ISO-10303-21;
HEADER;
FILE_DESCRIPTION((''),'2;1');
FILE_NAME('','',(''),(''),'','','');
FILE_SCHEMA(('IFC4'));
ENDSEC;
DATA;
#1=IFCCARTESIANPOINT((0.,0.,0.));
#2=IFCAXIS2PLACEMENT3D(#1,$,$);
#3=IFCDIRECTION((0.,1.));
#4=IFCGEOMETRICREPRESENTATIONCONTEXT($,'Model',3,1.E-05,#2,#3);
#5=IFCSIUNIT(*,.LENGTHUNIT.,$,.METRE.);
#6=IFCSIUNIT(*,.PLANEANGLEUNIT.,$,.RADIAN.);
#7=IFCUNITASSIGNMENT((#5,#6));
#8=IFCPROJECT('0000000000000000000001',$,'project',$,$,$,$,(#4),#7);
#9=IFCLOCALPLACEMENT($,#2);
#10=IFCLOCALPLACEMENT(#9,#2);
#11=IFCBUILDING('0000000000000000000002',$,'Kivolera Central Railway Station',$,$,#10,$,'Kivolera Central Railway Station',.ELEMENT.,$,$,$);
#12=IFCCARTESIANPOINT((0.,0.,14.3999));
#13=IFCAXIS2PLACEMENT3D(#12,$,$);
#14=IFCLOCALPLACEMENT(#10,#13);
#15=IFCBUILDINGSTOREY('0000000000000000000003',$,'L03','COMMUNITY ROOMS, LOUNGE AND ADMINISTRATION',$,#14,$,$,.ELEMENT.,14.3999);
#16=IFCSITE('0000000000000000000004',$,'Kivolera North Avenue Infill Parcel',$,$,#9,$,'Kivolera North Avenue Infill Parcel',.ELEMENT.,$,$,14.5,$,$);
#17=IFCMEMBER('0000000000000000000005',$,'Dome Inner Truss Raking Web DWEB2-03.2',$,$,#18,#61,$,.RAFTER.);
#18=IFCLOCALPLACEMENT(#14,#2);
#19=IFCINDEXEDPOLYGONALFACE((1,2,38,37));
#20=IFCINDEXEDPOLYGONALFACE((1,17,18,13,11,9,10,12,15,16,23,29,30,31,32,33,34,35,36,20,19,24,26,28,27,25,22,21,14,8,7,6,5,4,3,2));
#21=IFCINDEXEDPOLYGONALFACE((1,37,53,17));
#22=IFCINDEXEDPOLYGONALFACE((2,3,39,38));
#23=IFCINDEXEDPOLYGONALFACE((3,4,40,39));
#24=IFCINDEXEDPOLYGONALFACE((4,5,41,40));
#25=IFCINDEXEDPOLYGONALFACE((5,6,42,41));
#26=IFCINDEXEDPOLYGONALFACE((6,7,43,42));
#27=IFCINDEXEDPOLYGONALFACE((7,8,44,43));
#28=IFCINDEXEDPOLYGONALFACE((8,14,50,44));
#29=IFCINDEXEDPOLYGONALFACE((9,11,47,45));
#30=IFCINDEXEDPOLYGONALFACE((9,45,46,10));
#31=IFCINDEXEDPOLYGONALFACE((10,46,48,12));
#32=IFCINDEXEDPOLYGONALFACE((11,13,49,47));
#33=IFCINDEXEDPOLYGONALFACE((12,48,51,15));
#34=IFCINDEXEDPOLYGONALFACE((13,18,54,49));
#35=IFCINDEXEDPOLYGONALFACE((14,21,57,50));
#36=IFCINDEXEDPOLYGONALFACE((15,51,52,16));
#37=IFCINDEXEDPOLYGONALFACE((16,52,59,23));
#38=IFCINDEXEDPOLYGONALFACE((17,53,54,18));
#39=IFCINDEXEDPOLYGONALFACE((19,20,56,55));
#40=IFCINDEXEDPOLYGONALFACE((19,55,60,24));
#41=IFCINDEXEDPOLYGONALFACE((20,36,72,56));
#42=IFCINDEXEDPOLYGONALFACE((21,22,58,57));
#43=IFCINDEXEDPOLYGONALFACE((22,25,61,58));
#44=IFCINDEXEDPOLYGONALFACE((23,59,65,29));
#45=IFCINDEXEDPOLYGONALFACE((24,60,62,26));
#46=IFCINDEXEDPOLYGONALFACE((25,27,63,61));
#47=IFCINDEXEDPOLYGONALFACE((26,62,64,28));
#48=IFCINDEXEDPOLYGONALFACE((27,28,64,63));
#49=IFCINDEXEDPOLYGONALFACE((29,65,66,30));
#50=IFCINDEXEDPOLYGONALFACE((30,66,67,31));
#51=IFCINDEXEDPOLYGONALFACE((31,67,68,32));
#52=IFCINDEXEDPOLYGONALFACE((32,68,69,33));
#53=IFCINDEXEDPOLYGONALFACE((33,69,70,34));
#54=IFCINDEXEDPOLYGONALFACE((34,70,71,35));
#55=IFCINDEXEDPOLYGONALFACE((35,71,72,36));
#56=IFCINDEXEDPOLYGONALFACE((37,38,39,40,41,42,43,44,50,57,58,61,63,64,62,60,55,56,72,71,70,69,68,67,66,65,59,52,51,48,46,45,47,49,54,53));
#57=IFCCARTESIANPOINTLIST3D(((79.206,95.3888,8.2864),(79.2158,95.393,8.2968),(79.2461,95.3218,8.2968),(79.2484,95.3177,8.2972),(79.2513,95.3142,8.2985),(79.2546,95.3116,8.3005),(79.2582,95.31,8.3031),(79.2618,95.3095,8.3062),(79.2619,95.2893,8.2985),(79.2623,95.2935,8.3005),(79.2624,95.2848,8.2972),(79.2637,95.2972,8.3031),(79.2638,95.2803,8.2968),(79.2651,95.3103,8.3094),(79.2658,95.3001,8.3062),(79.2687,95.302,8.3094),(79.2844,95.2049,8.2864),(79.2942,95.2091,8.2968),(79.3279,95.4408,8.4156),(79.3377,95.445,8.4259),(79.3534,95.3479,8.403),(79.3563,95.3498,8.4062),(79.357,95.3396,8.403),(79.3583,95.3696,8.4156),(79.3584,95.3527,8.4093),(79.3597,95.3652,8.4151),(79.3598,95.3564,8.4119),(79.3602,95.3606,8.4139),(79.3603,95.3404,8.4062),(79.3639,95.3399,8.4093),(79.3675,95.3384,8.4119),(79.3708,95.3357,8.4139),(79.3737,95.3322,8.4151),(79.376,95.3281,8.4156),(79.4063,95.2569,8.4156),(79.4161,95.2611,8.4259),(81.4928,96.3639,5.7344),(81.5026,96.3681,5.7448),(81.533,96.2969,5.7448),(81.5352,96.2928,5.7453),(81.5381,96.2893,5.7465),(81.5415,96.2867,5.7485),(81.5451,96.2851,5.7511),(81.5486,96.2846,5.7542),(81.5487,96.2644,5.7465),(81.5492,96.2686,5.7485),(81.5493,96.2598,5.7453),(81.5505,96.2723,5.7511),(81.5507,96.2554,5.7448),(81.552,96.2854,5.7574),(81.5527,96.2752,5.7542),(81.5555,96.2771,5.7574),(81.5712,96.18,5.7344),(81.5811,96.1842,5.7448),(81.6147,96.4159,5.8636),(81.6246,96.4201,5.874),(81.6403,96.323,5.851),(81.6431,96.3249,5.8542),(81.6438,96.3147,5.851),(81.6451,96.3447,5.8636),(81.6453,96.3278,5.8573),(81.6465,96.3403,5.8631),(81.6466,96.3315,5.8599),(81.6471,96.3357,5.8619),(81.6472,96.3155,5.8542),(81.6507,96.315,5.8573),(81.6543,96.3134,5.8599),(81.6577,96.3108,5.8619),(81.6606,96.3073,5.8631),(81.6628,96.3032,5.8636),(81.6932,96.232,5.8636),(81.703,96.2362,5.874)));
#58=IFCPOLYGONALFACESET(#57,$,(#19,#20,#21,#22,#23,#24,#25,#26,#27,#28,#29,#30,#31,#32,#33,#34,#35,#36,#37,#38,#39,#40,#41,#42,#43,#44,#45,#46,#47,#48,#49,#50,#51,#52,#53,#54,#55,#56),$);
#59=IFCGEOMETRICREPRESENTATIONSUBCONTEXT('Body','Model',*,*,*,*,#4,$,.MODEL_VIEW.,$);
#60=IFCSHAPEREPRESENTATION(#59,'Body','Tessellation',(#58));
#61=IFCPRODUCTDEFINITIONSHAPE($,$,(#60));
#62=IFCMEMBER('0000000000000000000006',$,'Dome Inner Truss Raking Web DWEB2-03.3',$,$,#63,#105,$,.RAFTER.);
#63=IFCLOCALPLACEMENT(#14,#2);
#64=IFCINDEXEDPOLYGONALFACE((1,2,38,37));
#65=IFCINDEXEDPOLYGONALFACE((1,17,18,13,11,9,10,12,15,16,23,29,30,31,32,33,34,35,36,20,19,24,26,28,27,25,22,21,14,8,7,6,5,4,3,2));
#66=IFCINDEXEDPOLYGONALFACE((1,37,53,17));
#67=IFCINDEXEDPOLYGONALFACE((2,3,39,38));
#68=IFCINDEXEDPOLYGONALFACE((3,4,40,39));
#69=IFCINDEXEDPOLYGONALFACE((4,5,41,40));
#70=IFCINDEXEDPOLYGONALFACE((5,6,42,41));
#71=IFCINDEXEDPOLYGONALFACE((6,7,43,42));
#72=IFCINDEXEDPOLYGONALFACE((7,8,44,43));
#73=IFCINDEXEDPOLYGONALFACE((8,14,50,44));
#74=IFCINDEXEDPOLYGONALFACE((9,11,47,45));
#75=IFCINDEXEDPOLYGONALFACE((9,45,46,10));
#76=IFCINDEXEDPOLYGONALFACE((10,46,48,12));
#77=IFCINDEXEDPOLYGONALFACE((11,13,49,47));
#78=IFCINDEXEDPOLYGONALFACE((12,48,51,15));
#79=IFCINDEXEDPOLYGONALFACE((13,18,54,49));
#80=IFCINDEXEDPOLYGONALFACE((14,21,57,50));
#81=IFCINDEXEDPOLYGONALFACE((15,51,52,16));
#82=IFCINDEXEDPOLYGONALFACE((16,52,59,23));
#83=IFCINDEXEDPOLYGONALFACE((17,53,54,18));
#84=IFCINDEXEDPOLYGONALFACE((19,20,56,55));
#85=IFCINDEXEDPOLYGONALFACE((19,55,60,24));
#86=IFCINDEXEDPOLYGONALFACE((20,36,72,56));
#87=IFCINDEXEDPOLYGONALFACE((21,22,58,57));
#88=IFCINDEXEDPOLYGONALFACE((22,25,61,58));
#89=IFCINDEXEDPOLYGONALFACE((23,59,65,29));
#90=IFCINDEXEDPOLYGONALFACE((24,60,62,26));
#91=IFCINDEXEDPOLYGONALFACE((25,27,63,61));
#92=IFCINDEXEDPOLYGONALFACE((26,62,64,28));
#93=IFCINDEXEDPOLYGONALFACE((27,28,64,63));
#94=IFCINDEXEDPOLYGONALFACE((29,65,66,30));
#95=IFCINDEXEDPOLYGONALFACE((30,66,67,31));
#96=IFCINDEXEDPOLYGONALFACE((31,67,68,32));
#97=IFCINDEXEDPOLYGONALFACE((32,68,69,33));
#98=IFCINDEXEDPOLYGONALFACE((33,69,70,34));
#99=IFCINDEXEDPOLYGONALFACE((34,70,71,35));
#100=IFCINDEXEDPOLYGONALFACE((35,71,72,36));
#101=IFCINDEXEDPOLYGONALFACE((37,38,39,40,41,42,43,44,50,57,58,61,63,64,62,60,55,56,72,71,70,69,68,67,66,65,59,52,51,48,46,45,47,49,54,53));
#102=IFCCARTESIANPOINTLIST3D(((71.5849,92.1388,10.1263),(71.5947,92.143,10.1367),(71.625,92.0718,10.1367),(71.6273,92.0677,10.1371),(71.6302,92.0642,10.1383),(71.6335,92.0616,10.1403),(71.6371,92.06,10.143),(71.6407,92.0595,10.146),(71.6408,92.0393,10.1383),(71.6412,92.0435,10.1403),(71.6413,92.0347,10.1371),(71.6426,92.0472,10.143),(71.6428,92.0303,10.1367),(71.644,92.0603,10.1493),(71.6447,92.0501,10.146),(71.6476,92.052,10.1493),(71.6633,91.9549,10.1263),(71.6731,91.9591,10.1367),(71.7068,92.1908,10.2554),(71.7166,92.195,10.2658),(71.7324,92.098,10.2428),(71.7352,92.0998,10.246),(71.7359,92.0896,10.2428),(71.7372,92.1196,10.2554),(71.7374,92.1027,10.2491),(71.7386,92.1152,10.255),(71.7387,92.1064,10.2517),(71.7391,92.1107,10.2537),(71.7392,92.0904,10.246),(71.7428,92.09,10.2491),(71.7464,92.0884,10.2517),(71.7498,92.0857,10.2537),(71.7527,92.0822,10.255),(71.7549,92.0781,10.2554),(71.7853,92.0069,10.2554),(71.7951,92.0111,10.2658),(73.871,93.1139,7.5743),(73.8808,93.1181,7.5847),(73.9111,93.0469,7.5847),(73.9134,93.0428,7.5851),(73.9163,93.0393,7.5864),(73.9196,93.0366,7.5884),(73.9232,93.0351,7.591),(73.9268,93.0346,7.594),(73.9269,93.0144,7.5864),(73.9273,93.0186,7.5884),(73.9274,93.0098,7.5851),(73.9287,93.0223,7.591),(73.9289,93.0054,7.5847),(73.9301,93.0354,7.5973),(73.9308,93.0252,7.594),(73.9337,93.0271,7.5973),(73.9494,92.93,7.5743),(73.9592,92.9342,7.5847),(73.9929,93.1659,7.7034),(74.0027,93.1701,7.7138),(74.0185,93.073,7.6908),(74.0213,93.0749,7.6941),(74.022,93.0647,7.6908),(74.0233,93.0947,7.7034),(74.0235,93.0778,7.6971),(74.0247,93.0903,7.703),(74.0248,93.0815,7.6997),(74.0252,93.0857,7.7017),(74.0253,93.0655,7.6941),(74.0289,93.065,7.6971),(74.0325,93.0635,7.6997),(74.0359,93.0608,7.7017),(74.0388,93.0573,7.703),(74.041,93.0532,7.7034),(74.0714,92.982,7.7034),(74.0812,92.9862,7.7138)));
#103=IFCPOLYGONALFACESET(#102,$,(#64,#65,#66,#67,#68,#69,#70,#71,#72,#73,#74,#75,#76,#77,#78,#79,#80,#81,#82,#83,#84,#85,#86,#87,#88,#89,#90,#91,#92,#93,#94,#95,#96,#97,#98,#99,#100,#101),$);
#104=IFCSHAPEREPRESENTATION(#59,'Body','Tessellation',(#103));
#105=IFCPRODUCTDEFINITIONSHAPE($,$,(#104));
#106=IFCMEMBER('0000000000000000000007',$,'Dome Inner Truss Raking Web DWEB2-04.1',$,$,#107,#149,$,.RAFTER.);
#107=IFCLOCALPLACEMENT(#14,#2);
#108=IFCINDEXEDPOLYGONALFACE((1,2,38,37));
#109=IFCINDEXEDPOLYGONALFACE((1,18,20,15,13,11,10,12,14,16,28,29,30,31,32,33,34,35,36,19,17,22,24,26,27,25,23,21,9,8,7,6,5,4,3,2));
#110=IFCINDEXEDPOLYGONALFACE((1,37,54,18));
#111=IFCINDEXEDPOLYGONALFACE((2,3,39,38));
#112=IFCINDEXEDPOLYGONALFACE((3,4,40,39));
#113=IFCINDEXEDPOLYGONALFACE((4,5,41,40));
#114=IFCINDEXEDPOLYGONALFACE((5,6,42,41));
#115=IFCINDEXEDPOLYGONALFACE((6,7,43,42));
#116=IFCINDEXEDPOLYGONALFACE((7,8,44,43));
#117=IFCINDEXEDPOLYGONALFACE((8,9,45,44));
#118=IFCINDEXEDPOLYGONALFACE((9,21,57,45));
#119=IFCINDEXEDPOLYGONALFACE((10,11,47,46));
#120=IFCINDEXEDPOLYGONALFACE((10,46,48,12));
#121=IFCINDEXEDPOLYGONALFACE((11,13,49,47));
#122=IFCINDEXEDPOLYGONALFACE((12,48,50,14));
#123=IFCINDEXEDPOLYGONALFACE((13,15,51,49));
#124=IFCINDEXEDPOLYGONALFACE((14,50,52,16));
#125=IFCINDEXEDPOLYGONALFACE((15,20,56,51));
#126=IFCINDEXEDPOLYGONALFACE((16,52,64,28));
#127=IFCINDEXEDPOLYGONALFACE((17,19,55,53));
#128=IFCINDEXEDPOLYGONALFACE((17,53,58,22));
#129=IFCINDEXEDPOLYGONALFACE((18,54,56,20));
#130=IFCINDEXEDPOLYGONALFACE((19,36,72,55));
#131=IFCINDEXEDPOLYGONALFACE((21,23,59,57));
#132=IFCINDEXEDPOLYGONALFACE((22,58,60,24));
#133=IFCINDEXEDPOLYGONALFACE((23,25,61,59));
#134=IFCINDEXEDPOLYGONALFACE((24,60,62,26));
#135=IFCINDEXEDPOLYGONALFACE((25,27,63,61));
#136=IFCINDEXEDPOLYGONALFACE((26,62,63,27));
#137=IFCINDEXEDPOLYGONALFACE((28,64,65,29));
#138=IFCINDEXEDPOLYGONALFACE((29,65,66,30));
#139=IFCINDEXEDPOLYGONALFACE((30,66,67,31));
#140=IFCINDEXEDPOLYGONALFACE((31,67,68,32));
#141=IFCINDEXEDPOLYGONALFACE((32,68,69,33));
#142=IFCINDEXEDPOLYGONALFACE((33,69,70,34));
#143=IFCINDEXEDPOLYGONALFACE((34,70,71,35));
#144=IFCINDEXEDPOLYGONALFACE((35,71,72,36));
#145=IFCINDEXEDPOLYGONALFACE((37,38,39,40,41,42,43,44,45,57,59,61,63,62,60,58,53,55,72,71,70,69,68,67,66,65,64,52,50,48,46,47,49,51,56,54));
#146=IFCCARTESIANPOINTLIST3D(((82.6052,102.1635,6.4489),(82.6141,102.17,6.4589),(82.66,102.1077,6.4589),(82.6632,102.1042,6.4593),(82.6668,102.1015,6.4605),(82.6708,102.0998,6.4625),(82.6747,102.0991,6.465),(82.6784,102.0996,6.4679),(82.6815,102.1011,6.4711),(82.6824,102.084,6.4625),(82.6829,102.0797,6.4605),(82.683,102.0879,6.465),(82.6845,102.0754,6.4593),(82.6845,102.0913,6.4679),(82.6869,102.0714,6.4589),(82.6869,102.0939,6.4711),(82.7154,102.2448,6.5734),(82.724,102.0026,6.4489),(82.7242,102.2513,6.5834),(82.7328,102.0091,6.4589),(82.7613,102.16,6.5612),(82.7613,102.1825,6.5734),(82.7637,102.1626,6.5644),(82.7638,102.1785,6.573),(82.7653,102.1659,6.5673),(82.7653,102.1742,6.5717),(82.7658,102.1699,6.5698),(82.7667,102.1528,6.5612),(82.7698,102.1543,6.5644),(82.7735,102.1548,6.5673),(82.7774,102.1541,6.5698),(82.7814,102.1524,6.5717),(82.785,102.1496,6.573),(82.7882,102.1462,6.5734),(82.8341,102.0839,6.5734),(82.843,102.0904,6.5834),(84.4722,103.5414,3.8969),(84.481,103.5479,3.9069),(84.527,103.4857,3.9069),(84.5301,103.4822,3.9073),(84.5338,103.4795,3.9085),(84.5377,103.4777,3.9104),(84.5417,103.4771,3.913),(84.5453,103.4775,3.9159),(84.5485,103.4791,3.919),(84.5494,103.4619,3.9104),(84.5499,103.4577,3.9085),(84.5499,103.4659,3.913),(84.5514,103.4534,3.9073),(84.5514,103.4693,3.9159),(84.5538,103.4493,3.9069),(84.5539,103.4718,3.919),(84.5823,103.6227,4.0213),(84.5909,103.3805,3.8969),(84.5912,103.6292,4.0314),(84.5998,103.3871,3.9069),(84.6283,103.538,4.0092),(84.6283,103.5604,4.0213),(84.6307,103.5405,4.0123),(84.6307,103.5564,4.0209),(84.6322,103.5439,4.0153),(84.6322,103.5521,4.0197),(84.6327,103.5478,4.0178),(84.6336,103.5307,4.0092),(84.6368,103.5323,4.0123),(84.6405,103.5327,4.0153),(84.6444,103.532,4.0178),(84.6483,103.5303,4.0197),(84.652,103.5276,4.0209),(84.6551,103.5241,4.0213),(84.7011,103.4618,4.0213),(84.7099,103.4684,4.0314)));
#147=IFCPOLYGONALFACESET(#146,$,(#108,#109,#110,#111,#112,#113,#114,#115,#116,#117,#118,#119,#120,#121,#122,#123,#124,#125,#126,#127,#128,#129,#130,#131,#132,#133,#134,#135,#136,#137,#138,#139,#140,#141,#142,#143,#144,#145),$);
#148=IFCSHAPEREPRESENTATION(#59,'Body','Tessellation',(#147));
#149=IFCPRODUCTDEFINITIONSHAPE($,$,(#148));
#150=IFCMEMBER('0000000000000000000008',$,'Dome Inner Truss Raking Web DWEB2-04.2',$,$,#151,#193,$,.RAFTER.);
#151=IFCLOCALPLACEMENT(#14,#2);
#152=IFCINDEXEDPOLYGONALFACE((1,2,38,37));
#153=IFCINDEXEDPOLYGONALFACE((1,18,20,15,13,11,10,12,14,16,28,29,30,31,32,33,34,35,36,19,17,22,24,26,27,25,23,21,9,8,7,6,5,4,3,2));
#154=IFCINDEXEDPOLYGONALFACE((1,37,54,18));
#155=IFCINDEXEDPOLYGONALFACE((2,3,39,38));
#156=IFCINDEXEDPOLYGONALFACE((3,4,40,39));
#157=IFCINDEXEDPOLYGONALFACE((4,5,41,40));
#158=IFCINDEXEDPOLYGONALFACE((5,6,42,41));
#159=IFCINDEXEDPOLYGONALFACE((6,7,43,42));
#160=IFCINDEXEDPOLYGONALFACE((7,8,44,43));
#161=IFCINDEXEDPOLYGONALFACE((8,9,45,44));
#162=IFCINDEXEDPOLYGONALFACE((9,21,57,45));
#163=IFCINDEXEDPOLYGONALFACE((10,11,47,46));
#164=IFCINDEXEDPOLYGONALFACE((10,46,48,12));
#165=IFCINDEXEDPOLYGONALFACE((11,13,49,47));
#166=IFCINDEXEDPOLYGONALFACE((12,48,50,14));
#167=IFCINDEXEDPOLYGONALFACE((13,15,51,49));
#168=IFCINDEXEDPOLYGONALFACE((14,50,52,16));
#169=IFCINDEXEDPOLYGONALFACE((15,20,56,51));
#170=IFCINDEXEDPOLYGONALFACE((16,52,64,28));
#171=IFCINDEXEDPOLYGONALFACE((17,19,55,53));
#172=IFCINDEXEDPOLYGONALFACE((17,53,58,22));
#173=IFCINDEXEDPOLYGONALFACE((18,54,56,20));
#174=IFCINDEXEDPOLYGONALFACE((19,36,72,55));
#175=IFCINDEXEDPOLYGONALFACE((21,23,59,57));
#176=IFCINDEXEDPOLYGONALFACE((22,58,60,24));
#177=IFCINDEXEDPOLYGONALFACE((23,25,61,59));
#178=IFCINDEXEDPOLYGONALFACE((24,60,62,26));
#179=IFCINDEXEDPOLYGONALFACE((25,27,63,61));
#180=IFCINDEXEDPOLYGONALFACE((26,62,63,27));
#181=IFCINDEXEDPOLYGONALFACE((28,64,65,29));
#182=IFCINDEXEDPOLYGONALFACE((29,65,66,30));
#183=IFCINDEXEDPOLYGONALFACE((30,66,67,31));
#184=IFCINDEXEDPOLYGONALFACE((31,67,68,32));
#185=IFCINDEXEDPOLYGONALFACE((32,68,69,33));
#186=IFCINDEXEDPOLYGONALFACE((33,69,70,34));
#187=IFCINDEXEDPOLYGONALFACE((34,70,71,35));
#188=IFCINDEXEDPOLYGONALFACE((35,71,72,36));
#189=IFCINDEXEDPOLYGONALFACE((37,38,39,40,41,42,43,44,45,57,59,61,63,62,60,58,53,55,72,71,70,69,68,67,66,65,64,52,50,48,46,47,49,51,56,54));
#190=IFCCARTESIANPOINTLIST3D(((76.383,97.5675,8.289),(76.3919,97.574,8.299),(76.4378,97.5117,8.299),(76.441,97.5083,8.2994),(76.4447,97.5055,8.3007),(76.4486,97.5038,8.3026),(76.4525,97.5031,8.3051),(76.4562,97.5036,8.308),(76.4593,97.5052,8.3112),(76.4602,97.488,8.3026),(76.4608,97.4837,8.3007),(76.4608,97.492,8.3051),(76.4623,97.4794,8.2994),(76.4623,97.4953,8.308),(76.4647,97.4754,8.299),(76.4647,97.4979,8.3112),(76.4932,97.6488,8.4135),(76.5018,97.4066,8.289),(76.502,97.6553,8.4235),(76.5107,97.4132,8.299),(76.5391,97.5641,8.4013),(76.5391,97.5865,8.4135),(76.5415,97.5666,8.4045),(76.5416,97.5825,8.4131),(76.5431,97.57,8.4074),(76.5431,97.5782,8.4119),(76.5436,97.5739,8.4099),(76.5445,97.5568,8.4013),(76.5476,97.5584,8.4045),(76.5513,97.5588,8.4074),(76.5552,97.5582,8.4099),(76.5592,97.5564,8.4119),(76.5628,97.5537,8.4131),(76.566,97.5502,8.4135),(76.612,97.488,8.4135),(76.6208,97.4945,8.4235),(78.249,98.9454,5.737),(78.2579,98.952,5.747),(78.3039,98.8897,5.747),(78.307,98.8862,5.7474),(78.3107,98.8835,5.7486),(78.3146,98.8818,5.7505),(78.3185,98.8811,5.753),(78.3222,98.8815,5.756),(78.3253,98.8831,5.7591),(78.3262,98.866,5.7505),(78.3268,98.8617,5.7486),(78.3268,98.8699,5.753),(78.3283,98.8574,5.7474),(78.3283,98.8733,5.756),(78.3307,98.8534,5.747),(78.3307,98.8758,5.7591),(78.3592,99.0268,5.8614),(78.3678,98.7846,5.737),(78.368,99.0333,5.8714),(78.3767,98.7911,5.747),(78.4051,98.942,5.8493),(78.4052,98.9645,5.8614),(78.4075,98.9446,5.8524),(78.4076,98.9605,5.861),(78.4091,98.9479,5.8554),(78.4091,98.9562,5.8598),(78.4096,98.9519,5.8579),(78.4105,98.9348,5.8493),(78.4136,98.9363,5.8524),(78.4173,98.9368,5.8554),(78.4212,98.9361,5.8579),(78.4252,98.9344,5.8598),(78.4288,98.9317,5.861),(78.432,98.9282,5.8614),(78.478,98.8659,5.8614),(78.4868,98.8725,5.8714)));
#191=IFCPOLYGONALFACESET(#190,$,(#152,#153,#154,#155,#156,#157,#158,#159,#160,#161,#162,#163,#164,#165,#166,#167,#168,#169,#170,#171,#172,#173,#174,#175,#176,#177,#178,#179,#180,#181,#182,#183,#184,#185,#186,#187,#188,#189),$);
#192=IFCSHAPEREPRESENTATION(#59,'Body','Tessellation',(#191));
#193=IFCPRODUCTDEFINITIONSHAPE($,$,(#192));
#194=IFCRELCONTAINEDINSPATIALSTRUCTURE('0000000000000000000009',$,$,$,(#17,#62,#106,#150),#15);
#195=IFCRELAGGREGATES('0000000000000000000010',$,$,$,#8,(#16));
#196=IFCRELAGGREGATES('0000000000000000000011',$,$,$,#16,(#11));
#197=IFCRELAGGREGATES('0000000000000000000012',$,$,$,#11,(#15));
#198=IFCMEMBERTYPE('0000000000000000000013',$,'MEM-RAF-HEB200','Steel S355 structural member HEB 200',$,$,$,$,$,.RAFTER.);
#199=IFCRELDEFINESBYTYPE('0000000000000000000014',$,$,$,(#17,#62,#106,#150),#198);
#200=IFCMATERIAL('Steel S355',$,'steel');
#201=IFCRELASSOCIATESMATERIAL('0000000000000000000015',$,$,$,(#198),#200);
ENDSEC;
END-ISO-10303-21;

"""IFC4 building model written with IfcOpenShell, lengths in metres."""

from ifc_helpers import new_model, si_unit, direction, frame, origin, origin_2d, place, context, subcontext, project, spatial, i_section, extrude, material, material_profile, profile_set, type_object, element, save


model = new_model("IFC4")

# Units and contexts
model_context = context("Model", 3, precision=1e-05, world=origin(), true_north=direction((0.0, 1.0)))
body_context = subcontext(model_context, "Body", "Model", "MODEL_VIEW")
ifc_project = project(units=[si_unit("LENGTHUNIT", "METRE"), si_unit("PLANEANGLEUNIT", "RADIAN")], contexts=[model_context])

# Site, building, storey
site_placement = place(None, origin())
site = spatial("IfcSite", under=ifc_project, at=site_placement, Name="Kivolera North Avenue Infill Parcel", LongName="Kivolera North Avenue Infill Parcel", CompositionType="ELEMENT", RefElevation=14.5)
building_placement = place(site_placement, origin())
building = spatial("IfcBuilding", under=site, at=building_placement, Name="Kivolera Central Railway Station", LongName="Kivolera Central Railway Station", CompositionType="ELEMENT")
storey_placement = place(building_placement, frame((0.0, 0.0, 14.3999)))
storey = spatial("IfcBuildingStorey", under=building, at=storey_placement, Name="L03", Description="COMMUNITY ROOMS, LOUNGE AND ADMINISTRATION", CompositionType="ELEMENT", Elevation=14.3999)

# Shared definitions
ifc_material_1 = material(Name="Steel S355", Category="steel")

# Members
ifc_material_profile_1 = material_profile(ifc_material_1, i_section(OverallWidth=0.2, OverallDepth=0.2, WebThickness=0.009, FlangeThickness=0.0149, FilletRadius=0.0181, at=origin_2d()), Name="HEB 200")
ifc_profile_set_1 = profile_set([ifc_material_profile_1], Name="Steel S355")
member_type_1 = type_object("IfcMemberType", Name="MEM-RAF-HEB200", Description="Steel S355 structural member HEB 200", PredefinedType="RAFTER", material=ifc_profile_set_1)
member_1_placement = place(storey_placement, frame((81.5979, 96.3, 5.8042), z_axis=(-0.64188, -0.273691, 0.716298), x_axis=(0.392224, -0.91987, 0.0)))
element("IfcMember", 1, at=member_1_placement, inside=storey, type_object=member_type_1, Name="Dome Inner Truss Raking Web DWEB2-03.2", PredefinedType="RAFTER", context=body_context, shape_type="SweptSolid", body=[
    extrude(i_section(OverallWidth=0.2, OverallDepth=0.2, WebThickness=0.009, FlangeThickness=0.0149, FilletRadius=0.0181, at=origin_2d()), origin(), (0.0, 0.0, 1.0), 3.5627),
])
member_2_placement = place(storey_placement, frame((73.9761, 93.05, 7.644), z_axis=(-0.641759, -0.273728, 0.716393), x_axis=(0.39233, -0.919824, 0.0)))
element("IfcMember", 2, at=member_2_placement, inside=storey, type_object=member_type_1, Name="Dome Inner Truss Raking Web DWEB2-03.3", PredefinedType="RAFTER", context=body_context, shape_type="SweptSolid", body=[
    extrude(i_section(OverallWidth=0.2, OverallDepth=0.2, WebThickness=0.009, FlangeThickness=0.0149, FilletRadius=0.0181, at=origin_2d()), origin(), (0.0, 0.0, 1.0), 3.5623),
])
member_3_placement = place(storey_placement, frame((84.5911, 103.5049, 3.9641), z_axis=(-0.541271, -0.399494, 0.739885), x_axis=(0.593838, -0.804585, 0.0)))
element("IfcMember", 3, at=member_3_placement, inside=storey, type_object=member_type_1, Name="Dome Inner Truss Raking Web DWEB2-04.1", PredefinedType="RAFTER", context=body_context, shape_type="SweptSolid", body=[
    extrude(i_section(OverallWidth=0.2, OverallDepth=0.2, WebThickness=0.009, FlangeThickness=0.0149, FilletRadius=0.0181, at=origin_2d()), origin(), (0.0, 0.0, 1.0), 3.4492),
])
member_4_placement = place(storey_placement, frame((78.3679, 98.9089, 5.8042), z_axis=(-0.541071, -0.399555, 0.739999), x_axis=(0.594039, -0.804436, 0.0)))
element("IfcMember", 4, at=member_4_placement, inside=storey, type_object=member_type_1, Name="Dome Inner Truss Raking Web DWEB2-04.2", PredefinedType="RAFTER", context=body_context, shape_type="SweptSolid", body=[
    extrude(i_section(OverallWidth=0.2, OverallDepth=0.2, WebThickness=0.009, FlangeThickness=0.0149, FilletRadius=0.0181, at=origin_2d()), origin(), (0.0, 0.0, 1.0), 3.4487),
])

save(model, "model.ifc")
